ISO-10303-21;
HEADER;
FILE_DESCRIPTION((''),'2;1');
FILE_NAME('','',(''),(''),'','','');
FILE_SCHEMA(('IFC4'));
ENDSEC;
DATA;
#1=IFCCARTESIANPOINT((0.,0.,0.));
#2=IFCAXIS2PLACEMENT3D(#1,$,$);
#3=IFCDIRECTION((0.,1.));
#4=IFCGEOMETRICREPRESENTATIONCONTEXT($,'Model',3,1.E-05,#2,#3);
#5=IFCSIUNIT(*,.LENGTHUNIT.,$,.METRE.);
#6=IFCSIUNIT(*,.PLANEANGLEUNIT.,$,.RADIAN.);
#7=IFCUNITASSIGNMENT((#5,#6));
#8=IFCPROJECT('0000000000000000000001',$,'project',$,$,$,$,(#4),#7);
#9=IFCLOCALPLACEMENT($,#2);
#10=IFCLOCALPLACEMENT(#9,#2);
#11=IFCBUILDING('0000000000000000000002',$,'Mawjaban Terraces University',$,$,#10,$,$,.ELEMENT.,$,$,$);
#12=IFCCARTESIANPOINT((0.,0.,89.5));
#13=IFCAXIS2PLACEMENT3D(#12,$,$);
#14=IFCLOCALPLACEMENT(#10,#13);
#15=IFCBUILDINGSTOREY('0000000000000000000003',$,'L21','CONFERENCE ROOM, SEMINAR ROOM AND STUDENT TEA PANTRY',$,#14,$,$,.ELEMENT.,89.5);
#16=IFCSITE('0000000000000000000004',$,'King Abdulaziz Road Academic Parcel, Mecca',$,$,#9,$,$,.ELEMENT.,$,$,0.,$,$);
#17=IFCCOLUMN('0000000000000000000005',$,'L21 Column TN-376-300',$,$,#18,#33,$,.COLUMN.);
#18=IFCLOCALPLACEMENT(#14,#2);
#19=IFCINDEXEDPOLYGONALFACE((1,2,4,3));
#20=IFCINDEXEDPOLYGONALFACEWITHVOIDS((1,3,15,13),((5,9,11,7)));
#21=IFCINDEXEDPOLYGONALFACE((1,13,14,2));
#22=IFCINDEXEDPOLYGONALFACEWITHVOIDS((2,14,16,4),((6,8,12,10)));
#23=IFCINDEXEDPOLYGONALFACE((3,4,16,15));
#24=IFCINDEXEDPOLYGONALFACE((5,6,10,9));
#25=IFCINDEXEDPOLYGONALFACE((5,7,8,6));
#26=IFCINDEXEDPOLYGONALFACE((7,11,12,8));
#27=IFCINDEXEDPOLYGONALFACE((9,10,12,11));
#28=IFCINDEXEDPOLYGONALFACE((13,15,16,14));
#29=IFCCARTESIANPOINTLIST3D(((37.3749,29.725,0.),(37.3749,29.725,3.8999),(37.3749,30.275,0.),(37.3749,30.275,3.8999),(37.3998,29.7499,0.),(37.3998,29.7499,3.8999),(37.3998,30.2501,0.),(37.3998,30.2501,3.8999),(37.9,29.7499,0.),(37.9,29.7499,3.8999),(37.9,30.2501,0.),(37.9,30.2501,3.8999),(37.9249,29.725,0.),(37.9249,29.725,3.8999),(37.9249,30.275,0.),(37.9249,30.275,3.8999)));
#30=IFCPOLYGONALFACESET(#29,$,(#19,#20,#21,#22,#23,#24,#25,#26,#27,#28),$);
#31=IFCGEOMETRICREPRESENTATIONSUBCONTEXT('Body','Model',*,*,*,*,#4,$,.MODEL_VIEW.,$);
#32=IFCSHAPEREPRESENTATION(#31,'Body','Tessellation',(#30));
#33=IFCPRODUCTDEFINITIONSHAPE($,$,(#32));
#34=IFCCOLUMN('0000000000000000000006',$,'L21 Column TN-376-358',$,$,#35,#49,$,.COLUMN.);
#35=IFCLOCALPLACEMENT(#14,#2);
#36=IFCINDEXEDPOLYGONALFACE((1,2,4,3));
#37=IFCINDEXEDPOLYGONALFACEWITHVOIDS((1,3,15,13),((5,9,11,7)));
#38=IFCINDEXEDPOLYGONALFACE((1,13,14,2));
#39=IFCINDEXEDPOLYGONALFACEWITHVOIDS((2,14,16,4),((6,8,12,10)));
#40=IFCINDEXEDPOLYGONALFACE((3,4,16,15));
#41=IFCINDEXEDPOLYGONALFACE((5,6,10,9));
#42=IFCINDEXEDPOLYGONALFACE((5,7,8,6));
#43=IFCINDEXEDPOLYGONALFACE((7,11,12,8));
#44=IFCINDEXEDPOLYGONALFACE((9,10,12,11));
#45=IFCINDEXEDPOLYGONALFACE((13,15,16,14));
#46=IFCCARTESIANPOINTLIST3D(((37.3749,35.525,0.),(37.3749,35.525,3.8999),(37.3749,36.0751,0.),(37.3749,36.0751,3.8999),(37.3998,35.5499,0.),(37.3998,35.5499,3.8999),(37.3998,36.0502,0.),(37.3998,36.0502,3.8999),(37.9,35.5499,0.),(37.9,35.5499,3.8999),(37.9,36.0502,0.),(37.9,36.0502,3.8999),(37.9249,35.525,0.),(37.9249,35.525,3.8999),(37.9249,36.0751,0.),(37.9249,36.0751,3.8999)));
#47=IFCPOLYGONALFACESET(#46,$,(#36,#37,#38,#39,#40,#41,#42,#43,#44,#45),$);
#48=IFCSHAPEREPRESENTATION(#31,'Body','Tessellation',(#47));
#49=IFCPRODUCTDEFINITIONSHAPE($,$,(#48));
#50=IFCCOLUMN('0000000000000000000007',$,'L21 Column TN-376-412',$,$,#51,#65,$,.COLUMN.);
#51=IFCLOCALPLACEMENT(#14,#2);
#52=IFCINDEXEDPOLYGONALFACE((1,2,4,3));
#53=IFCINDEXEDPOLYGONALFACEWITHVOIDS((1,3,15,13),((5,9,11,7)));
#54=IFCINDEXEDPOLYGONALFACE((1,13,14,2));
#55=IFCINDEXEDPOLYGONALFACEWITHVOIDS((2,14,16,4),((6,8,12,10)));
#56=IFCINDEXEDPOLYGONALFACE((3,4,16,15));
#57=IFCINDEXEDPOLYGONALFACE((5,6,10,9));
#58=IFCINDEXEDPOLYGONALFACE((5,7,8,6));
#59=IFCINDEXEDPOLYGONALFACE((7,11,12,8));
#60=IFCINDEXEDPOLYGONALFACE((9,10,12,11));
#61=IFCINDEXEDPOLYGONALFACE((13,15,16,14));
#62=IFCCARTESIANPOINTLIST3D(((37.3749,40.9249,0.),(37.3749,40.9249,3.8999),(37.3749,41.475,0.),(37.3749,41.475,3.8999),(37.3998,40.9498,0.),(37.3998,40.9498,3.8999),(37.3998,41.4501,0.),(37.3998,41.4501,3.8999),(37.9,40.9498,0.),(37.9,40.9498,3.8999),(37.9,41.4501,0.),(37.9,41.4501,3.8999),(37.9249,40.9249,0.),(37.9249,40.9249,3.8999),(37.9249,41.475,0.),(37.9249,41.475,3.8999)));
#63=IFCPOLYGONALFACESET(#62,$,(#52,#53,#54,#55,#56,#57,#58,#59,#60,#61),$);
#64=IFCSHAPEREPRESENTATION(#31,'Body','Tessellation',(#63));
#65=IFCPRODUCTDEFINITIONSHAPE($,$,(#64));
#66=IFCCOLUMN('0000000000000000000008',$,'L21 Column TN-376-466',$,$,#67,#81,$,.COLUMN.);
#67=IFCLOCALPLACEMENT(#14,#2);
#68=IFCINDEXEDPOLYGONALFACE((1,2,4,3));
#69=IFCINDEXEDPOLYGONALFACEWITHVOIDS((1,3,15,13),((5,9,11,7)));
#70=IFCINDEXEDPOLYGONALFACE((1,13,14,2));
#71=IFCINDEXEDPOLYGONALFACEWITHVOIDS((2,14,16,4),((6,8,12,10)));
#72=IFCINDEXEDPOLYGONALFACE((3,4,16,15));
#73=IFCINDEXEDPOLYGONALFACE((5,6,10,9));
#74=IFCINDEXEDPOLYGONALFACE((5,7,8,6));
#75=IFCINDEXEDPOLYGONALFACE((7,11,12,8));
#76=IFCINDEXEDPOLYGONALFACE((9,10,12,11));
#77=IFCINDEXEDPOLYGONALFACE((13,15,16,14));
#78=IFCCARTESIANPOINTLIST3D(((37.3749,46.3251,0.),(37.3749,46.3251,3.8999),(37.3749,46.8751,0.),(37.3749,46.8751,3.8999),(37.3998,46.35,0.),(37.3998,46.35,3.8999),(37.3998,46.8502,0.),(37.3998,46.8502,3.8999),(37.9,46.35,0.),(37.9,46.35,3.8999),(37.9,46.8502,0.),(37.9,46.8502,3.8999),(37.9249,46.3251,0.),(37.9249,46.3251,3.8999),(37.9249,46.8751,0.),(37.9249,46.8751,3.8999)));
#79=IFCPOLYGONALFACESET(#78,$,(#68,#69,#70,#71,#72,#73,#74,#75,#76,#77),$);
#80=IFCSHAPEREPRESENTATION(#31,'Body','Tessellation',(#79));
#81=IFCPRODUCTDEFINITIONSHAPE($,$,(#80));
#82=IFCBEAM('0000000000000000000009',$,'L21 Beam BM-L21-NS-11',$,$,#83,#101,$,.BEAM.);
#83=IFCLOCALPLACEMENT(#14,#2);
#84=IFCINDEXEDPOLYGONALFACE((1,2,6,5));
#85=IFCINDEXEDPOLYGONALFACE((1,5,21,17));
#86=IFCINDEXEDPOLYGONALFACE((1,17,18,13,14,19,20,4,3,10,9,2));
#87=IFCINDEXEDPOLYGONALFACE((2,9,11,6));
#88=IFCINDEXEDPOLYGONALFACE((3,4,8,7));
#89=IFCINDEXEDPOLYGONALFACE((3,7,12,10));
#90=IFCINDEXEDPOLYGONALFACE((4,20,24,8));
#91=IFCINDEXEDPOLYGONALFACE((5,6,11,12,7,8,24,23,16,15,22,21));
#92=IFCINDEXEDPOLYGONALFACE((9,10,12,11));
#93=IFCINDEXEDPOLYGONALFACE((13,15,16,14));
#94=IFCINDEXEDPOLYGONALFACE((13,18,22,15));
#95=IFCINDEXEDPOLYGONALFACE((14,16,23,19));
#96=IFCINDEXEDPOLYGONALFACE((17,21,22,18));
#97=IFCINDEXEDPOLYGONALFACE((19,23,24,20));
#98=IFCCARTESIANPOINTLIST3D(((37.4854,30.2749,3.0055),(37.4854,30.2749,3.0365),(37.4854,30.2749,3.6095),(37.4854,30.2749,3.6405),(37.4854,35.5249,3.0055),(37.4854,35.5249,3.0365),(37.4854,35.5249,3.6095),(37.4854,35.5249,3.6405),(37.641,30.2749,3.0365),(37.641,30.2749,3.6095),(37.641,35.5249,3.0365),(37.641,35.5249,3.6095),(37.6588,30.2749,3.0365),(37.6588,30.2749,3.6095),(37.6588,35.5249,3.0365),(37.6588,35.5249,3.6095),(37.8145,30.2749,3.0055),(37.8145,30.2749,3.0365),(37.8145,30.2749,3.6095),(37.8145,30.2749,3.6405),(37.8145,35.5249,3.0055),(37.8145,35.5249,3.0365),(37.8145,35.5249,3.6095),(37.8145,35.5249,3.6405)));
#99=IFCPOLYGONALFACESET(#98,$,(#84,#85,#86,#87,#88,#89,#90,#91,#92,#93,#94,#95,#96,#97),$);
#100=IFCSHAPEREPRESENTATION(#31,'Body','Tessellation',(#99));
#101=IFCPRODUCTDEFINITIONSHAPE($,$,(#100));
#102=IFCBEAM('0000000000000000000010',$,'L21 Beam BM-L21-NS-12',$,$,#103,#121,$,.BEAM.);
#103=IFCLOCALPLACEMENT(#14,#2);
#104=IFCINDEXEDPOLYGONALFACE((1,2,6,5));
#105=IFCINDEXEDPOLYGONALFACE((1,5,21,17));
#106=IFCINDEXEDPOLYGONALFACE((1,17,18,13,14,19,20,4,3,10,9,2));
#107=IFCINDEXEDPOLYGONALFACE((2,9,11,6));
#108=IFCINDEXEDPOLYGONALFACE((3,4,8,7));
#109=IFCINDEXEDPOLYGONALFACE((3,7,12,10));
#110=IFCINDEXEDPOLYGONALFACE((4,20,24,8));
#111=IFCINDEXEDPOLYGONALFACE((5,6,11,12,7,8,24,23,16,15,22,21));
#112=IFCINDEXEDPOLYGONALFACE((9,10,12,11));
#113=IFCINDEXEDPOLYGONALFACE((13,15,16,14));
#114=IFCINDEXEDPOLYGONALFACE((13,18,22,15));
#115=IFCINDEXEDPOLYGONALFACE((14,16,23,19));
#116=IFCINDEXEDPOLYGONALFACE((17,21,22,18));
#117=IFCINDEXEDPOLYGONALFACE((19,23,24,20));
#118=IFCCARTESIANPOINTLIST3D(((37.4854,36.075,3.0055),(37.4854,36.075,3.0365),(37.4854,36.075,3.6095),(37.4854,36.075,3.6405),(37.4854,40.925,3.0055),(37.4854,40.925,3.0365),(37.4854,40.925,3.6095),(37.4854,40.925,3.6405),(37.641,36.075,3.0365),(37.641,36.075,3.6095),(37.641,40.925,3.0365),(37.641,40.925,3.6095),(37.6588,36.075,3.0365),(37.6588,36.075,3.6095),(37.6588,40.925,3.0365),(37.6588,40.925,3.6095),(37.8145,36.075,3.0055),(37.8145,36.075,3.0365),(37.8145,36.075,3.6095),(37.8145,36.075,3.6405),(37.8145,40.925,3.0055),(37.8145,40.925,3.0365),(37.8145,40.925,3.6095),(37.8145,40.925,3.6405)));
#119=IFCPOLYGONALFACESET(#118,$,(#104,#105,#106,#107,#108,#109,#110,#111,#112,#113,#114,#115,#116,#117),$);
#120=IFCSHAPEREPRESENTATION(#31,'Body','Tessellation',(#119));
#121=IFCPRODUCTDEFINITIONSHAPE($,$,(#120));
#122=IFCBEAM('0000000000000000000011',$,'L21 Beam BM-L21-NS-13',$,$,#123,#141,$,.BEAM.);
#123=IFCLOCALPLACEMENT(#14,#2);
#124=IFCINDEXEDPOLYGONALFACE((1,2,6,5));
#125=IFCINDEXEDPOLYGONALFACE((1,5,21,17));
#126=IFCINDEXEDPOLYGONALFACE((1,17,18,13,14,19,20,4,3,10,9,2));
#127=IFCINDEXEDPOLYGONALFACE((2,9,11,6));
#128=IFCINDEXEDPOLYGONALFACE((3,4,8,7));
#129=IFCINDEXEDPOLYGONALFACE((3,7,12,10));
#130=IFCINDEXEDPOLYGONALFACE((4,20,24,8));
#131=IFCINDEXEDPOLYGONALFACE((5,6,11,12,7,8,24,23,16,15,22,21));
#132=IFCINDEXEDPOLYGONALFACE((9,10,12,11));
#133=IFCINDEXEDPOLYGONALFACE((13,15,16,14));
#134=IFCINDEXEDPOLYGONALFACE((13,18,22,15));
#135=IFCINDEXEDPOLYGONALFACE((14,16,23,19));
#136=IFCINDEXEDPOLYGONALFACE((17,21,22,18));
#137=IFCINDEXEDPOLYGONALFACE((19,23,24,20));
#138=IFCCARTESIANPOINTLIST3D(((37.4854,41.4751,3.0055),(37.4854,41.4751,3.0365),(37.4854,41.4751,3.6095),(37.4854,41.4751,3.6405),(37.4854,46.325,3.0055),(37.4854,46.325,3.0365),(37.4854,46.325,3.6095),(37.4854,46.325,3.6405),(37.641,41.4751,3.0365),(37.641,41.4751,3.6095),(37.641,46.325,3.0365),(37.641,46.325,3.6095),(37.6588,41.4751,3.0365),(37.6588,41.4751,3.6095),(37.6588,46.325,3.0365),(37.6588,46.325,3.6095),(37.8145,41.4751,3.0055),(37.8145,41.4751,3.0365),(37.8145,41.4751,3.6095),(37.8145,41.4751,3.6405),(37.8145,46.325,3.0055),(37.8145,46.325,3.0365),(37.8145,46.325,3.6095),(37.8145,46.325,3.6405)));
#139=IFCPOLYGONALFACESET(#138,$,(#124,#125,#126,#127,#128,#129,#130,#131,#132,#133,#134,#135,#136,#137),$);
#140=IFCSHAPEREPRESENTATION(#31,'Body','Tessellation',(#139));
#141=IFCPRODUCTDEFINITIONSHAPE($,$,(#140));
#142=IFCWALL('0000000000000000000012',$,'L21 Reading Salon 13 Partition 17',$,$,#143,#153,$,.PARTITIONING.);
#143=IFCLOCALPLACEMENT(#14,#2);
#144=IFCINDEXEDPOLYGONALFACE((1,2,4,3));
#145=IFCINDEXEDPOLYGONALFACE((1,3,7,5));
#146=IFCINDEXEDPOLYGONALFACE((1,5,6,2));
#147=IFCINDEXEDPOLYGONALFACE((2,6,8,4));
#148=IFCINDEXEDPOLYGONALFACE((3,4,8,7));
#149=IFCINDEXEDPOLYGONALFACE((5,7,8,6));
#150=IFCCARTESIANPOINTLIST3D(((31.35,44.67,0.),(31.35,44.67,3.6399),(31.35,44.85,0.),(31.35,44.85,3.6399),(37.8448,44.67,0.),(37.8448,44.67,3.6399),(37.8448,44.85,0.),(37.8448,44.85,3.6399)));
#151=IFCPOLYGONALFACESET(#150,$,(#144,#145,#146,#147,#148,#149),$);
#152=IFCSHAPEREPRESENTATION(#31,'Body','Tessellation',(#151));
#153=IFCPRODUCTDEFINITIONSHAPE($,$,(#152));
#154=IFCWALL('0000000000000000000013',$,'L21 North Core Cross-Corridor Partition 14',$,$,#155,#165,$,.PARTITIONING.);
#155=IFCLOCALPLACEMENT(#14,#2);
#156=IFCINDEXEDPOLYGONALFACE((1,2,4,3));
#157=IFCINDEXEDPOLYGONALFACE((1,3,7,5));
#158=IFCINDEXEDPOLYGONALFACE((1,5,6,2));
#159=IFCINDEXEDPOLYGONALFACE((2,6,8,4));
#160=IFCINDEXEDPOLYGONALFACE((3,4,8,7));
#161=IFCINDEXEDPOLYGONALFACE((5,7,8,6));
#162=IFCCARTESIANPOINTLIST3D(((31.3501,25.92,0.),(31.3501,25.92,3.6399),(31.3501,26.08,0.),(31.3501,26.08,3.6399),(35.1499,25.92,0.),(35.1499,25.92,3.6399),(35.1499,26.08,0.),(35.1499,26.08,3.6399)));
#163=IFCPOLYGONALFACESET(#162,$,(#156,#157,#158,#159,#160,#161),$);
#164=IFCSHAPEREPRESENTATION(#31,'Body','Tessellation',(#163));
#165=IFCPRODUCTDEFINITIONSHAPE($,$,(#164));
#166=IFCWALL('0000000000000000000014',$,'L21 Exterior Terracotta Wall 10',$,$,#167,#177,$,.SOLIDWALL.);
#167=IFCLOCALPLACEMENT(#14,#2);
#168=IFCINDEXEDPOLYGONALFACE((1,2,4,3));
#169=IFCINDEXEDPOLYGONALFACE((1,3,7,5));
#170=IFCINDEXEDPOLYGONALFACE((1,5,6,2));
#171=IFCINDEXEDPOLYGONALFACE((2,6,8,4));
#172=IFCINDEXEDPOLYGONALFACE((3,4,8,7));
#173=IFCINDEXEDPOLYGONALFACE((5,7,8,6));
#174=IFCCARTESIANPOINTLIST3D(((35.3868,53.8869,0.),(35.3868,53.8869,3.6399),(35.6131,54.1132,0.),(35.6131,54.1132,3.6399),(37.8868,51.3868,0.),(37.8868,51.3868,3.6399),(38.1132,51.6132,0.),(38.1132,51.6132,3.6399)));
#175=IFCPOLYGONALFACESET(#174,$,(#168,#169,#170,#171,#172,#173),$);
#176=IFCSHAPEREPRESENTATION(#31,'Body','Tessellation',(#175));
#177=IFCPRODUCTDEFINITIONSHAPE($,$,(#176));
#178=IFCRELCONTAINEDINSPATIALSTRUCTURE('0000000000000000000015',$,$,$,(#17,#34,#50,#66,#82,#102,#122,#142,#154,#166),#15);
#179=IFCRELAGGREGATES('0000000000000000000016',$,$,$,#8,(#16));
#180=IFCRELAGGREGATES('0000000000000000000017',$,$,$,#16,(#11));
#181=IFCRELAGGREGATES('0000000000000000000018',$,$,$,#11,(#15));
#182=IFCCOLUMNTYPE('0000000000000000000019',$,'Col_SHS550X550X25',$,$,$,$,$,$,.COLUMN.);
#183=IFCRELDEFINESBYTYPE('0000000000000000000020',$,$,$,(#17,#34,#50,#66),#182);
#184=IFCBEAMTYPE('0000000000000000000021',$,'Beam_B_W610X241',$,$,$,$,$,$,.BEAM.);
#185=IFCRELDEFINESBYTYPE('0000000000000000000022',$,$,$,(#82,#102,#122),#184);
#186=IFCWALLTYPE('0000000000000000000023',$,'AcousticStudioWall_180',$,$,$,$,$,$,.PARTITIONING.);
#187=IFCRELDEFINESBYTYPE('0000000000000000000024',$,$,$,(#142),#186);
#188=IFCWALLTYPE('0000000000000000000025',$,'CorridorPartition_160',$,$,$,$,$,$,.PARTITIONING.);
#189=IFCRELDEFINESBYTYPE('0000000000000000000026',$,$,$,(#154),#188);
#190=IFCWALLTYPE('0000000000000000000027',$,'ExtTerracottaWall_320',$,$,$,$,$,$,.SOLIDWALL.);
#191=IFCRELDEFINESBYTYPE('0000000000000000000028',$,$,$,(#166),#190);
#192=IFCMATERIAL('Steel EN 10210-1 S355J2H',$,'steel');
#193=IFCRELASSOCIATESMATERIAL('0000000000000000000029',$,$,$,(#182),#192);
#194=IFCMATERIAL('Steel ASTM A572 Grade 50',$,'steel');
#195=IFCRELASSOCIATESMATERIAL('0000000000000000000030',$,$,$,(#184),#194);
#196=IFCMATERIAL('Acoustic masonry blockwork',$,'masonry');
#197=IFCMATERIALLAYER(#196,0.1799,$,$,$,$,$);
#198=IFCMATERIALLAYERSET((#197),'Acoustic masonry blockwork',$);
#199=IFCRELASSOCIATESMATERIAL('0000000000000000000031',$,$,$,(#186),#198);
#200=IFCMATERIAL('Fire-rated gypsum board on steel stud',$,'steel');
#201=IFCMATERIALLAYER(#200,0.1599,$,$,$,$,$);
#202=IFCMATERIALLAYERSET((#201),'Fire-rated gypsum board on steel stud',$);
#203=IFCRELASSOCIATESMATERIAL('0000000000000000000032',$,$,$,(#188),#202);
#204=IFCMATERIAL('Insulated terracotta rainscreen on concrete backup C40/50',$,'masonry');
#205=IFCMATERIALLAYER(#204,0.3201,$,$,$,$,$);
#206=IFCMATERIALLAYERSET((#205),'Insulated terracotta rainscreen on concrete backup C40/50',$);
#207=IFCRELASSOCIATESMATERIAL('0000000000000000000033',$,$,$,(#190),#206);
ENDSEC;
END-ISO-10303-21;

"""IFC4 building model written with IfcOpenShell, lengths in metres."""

from ifc_helpers import new_model, si_unit, direction, frame, frame_2d, origin, origin_2d, place, context, subcontext, project, spatial, rectangle, hollow_rectangle, i_section, extrude, material, layer, layer_set, material_profile, profile_set, type_object, element, save


model = new_model("IFC4")

# Units and contexts
model_context = context("Model", 3, precision=1e-05, world=origin(), true_north=direction((0.0, 1.0)))
body_context = subcontext(model_context, "Body", "Model", "MODEL_VIEW")
ifc_project = project(units=[si_unit("LENGTHUNIT", "METRE"), si_unit("PLANEANGLEUNIT", "RADIAN")], contexts=[model_context])

# Site, building, storey
site_placement = place(None, origin())
site = spatial("IfcSite", under=ifc_project, at=site_placement, Name="King Abdulaziz Road Academic Parcel, Mecca", CompositionType="ELEMENT", RefElevation=0.0)
building_placement = place(site_placement, origin())
building = spatial("IfcBuilding", under=site, at=building_placement, Name="Mawjaban Terraces University", CompositionType="ELEMENT")
storey_placement = place(building_placement, frame((0.0, 0.0, 89.5)))
storey = spatial("IfcBuildingStorey", under=building, at=storey_placement, Name="L21", Description="CONFERENCE ROOM, SEMINAR ROOM AND STUDENT TEA PANTRY", CompositionType="ELEMENT", Elevation=89.5)

# Columns
ifc_material_1 = material(Name="Steel EN 10210-1 S355J2H", Category="steel")
ifc_material_profile_1 = material_profile(ifc_material_1, hollow_rectangle(XDim=0.55, YDim=0.55, WallThickness=0.0249, at=origin_2d()), Name="SHS550X550X25")
ifc_profile_set_1 = profile_set([ifc_material_profile_1], Name="Steel EN 10210-1 S355J2H")
column_type = type_object("IfcColumnType", Name="Col_SHS550X550X25", PredefinedType="COLUMN", material=ifc_profile_set_1)
for number, where, z_axis, x_axis, name in (
    (1, (37.6499, 30.0, 0.0), (0.0, 0.0, 1.0), (1.0, 0.0, 0.0), "L21 Column TN-376-300"),
    (2, (37.6499, 35.8, 0.0), (0.0, 0.0, 1.0), (1.0, 0.0, 0.0), "L21 Column TN-376-358"),
    (3, (37.6499, 41.2, 0.0), (0.0, 0.0, 1.0), (1.0, 0.0, 0.0), "L21 Column TN-376-412"),
    (4, (37.6499, 46.6001, 0.0), (0.0, 0.0, 1.0), (1.0, 0.0, 0.0), "L21 Column TN-376-466"),
):
    element("IfcColumn", number, at=place(storey_placement, frame(where, z_axis=z_axis, x_axis=x_axis)), inside=storey, type_object=column_type, Name=name, PredefinedType="COLUMN", context=body_context, shape_type="SweptSolid", body=[
        extrude(hollow_rectangle(XDim=0.55, YDim=0.55, WallThickness=0.0249, at=origin_2d()), origin(), (0.0, 0.0, 1.0), 3.8999),
    ])

# Beams
ifc_material_2 = material(Name="Steel ASTM A572 Grade 50", Category="steel")
ifc_material_profile_2 = material_profile(ifc_material_2, i_section(OverallWidth=0.3291, OverallDepth=0.635, WebThickness=0.0178, FlangeThickness=0.031, at=origin_2d()), Name="W610X241")
ifc_profile_set_2 = profile_set([ifc_material_profile_2], Name="Steel ASTM A572 Grade 50")
beam_type = type_object("IfcBeamType", Name="Beam_B_W610X241", PredefinedType="BEAM", material=ifc_profile_set_2)
beam_1_placement = place(storey_placement, frame((37.6499, 30.2749, 3.323), z_axis=(0.0, 1.0, 0.0), x_axis=(-1.0, 0.0, 0.0)))
element("IfcBeam", 5, at=beam_1_placement, inside=storey, type_object=beam_type, Name="L21 Beam BM-L21-NS-11", PredefinedType="BEAM", context=body_context, shape_type="SweptSolid", body=[
    extrude(i_section(OverallWidth=0.3291, OverallDepth=0.635, WebThickness=0.0178, FlangeThickness=0.031, at=origin_2d()), origin(), (0.0, 0.0, 1.0), 5.25),
])
beam_2_placement = place(storey_placement, frame((37.6499, 36.075, 3.323), z_axis=(0.0, 1.0, 0.0), x_axis=(-1.0, 0.0, 0.0)))
element("IfcBeam", 6, at=beam_2_placement, inside=storey, type_object=beam_type, Name="L21 Beam BM-L21-NS-12", PredefinedType="BEAM", context=body_context, shape_type="SweptSolid", body=[
    extrude(i_section(OverallWidth=0.3291, OverallDepth=0.635, WebThickness=0.0178, FlangeThickness=0.031, at=origin_2d()), origin(), (0.0, 0.0, 1.0), 4.8501),
])
beam_3_placement = place(storey_placement, frame((37.6499, 41.4751, 3.323), z_axis=(0.0, 1.0, 0.0), x_axis=(-1.0, 0.0, 0.0)))
element("IfcBeam", 7, at=beam_3_placement, inside=storey, type_object=beam_type, Name="L21 Beam BM-L21-NS-13", PredefinedType="BEAM", context=body_context, shape_type="SweptSolid", body=[
    extrude(i_section(OverallWidth=0.3291, OverallDepth=0.635, WebThickness=0.0178, FlangeThickness=0.031, at=origin_2d()), origin(), (0.0, 0.0, 1.0), 4.8499),
])

# Walls
ifc_material_3 = material(Name="Acoustic masonry blockwork", Category="masonry")
ifc_layer_1 = layer(ifc_material_3, 0.1799)
ifc_layer_set_1 = layer_set([ifc_layer_1], Name="Acoustic masonry blockwork")
wall_type_1 = type_object("IfcWallType", Name="AcousticStudioWall_180", PredefinedType="PARTITIONING", material=ifc_layer_set_1)
wall_1_placement = place(storey_placement, frame((37.845, 44.76, 0.0), z_axis=(0.0, 0.0, 1.0), x_axis=(-1.0, 0.0, 0.0)))
element("IfcWall", 8, at=wall_1_placement, inside=storey, type_object=wall_type_1, Name="L21 Reading Salon 13 Partition 17", PredefinedType="PARTITIONING", context=body_context, shape_type="SweptSolid", body=[
    extrude(rectangle(XDim=6.4949, YDim=0.1799, at=frame_2d((3.2476, 0.0))), origin(), (0.0, 0.0, 1.0), 3.6399),
])
ifc_material_4 = material(Name="Fire-rated gypsum board on steel stud", Category="steel")
ifc_layer_2 = layer(ifc_material_4, 0.1599)
ifc_layer_set_2 = layer_set([ifc_layer_2], Name="Fire-rated gypsum board on steel stud")
wall_type_2 = type_object("IfcWallType", Name="CorridorPartition_160", PredefinedType="PARTITIONING", material=ifc_layer_set_2)
wall_2_placement = place(storey_placement, frame((35.1499, 26.0, 0.0), z_axis=(0.0, 0.0, 1.0), x_axis=(-1.0, 0.0, 0.0)))
element("IfcWall", 9, at=wall_2_placement, inside=storey, type_object=wall_type_2, Name="L21 North Core Cross-Corridor Partition 14", PredefinedType="PARTITIONING", context=body_context, shape_type="SweptSolid", body=[
    extrude(rectangle(XDim=3.7998, YDim=0.1599, at=frame_2d((1.8999, 0.0))), origin(), (0.0, 0.0, 1.0), 3.6399),
])
ifc_material_5 = material(Name="Insulated terracotta rainscreen on concrete backup C40/50", Category="masonry")
ifc_layer_3 = layer(ifc_material_5, 0.3201)
ifc_layer_set_3 = layer_set([ifc_layer_3], Name="Insulated terracotta rainscreen on concrete backup C40/50")
wall_type_3 = type_object("IfcWallType", Name="ExtTerracottaWall_320", PredefinedType="SOLIDWALL", material=ifc_layer_set_3)
wall_3_placement = place(storey_placement, frame((38.0, 51.5, 0.0), z_axis=(0.0, 0.0, 1.0), x_axis=(-0.707107, 0.707107, 0.0)))
element("IfcWall", 10, at=wall_3_placement, inside=storey, type_object=wall_type_3, Name="L21 Exterior Terracotta Wall 10", PredefinedType="SOLIDWALL", context=body_context, shape_type="SweptSolid", body=[
    extrude(rectangle(XDim=3.5356, YDim=0.3201, at=frame_2d((1.7678, 0.0))), origin(), (0.0, 0.0, 1.0), 3.6399),
])

save(model, "model.ifc")
